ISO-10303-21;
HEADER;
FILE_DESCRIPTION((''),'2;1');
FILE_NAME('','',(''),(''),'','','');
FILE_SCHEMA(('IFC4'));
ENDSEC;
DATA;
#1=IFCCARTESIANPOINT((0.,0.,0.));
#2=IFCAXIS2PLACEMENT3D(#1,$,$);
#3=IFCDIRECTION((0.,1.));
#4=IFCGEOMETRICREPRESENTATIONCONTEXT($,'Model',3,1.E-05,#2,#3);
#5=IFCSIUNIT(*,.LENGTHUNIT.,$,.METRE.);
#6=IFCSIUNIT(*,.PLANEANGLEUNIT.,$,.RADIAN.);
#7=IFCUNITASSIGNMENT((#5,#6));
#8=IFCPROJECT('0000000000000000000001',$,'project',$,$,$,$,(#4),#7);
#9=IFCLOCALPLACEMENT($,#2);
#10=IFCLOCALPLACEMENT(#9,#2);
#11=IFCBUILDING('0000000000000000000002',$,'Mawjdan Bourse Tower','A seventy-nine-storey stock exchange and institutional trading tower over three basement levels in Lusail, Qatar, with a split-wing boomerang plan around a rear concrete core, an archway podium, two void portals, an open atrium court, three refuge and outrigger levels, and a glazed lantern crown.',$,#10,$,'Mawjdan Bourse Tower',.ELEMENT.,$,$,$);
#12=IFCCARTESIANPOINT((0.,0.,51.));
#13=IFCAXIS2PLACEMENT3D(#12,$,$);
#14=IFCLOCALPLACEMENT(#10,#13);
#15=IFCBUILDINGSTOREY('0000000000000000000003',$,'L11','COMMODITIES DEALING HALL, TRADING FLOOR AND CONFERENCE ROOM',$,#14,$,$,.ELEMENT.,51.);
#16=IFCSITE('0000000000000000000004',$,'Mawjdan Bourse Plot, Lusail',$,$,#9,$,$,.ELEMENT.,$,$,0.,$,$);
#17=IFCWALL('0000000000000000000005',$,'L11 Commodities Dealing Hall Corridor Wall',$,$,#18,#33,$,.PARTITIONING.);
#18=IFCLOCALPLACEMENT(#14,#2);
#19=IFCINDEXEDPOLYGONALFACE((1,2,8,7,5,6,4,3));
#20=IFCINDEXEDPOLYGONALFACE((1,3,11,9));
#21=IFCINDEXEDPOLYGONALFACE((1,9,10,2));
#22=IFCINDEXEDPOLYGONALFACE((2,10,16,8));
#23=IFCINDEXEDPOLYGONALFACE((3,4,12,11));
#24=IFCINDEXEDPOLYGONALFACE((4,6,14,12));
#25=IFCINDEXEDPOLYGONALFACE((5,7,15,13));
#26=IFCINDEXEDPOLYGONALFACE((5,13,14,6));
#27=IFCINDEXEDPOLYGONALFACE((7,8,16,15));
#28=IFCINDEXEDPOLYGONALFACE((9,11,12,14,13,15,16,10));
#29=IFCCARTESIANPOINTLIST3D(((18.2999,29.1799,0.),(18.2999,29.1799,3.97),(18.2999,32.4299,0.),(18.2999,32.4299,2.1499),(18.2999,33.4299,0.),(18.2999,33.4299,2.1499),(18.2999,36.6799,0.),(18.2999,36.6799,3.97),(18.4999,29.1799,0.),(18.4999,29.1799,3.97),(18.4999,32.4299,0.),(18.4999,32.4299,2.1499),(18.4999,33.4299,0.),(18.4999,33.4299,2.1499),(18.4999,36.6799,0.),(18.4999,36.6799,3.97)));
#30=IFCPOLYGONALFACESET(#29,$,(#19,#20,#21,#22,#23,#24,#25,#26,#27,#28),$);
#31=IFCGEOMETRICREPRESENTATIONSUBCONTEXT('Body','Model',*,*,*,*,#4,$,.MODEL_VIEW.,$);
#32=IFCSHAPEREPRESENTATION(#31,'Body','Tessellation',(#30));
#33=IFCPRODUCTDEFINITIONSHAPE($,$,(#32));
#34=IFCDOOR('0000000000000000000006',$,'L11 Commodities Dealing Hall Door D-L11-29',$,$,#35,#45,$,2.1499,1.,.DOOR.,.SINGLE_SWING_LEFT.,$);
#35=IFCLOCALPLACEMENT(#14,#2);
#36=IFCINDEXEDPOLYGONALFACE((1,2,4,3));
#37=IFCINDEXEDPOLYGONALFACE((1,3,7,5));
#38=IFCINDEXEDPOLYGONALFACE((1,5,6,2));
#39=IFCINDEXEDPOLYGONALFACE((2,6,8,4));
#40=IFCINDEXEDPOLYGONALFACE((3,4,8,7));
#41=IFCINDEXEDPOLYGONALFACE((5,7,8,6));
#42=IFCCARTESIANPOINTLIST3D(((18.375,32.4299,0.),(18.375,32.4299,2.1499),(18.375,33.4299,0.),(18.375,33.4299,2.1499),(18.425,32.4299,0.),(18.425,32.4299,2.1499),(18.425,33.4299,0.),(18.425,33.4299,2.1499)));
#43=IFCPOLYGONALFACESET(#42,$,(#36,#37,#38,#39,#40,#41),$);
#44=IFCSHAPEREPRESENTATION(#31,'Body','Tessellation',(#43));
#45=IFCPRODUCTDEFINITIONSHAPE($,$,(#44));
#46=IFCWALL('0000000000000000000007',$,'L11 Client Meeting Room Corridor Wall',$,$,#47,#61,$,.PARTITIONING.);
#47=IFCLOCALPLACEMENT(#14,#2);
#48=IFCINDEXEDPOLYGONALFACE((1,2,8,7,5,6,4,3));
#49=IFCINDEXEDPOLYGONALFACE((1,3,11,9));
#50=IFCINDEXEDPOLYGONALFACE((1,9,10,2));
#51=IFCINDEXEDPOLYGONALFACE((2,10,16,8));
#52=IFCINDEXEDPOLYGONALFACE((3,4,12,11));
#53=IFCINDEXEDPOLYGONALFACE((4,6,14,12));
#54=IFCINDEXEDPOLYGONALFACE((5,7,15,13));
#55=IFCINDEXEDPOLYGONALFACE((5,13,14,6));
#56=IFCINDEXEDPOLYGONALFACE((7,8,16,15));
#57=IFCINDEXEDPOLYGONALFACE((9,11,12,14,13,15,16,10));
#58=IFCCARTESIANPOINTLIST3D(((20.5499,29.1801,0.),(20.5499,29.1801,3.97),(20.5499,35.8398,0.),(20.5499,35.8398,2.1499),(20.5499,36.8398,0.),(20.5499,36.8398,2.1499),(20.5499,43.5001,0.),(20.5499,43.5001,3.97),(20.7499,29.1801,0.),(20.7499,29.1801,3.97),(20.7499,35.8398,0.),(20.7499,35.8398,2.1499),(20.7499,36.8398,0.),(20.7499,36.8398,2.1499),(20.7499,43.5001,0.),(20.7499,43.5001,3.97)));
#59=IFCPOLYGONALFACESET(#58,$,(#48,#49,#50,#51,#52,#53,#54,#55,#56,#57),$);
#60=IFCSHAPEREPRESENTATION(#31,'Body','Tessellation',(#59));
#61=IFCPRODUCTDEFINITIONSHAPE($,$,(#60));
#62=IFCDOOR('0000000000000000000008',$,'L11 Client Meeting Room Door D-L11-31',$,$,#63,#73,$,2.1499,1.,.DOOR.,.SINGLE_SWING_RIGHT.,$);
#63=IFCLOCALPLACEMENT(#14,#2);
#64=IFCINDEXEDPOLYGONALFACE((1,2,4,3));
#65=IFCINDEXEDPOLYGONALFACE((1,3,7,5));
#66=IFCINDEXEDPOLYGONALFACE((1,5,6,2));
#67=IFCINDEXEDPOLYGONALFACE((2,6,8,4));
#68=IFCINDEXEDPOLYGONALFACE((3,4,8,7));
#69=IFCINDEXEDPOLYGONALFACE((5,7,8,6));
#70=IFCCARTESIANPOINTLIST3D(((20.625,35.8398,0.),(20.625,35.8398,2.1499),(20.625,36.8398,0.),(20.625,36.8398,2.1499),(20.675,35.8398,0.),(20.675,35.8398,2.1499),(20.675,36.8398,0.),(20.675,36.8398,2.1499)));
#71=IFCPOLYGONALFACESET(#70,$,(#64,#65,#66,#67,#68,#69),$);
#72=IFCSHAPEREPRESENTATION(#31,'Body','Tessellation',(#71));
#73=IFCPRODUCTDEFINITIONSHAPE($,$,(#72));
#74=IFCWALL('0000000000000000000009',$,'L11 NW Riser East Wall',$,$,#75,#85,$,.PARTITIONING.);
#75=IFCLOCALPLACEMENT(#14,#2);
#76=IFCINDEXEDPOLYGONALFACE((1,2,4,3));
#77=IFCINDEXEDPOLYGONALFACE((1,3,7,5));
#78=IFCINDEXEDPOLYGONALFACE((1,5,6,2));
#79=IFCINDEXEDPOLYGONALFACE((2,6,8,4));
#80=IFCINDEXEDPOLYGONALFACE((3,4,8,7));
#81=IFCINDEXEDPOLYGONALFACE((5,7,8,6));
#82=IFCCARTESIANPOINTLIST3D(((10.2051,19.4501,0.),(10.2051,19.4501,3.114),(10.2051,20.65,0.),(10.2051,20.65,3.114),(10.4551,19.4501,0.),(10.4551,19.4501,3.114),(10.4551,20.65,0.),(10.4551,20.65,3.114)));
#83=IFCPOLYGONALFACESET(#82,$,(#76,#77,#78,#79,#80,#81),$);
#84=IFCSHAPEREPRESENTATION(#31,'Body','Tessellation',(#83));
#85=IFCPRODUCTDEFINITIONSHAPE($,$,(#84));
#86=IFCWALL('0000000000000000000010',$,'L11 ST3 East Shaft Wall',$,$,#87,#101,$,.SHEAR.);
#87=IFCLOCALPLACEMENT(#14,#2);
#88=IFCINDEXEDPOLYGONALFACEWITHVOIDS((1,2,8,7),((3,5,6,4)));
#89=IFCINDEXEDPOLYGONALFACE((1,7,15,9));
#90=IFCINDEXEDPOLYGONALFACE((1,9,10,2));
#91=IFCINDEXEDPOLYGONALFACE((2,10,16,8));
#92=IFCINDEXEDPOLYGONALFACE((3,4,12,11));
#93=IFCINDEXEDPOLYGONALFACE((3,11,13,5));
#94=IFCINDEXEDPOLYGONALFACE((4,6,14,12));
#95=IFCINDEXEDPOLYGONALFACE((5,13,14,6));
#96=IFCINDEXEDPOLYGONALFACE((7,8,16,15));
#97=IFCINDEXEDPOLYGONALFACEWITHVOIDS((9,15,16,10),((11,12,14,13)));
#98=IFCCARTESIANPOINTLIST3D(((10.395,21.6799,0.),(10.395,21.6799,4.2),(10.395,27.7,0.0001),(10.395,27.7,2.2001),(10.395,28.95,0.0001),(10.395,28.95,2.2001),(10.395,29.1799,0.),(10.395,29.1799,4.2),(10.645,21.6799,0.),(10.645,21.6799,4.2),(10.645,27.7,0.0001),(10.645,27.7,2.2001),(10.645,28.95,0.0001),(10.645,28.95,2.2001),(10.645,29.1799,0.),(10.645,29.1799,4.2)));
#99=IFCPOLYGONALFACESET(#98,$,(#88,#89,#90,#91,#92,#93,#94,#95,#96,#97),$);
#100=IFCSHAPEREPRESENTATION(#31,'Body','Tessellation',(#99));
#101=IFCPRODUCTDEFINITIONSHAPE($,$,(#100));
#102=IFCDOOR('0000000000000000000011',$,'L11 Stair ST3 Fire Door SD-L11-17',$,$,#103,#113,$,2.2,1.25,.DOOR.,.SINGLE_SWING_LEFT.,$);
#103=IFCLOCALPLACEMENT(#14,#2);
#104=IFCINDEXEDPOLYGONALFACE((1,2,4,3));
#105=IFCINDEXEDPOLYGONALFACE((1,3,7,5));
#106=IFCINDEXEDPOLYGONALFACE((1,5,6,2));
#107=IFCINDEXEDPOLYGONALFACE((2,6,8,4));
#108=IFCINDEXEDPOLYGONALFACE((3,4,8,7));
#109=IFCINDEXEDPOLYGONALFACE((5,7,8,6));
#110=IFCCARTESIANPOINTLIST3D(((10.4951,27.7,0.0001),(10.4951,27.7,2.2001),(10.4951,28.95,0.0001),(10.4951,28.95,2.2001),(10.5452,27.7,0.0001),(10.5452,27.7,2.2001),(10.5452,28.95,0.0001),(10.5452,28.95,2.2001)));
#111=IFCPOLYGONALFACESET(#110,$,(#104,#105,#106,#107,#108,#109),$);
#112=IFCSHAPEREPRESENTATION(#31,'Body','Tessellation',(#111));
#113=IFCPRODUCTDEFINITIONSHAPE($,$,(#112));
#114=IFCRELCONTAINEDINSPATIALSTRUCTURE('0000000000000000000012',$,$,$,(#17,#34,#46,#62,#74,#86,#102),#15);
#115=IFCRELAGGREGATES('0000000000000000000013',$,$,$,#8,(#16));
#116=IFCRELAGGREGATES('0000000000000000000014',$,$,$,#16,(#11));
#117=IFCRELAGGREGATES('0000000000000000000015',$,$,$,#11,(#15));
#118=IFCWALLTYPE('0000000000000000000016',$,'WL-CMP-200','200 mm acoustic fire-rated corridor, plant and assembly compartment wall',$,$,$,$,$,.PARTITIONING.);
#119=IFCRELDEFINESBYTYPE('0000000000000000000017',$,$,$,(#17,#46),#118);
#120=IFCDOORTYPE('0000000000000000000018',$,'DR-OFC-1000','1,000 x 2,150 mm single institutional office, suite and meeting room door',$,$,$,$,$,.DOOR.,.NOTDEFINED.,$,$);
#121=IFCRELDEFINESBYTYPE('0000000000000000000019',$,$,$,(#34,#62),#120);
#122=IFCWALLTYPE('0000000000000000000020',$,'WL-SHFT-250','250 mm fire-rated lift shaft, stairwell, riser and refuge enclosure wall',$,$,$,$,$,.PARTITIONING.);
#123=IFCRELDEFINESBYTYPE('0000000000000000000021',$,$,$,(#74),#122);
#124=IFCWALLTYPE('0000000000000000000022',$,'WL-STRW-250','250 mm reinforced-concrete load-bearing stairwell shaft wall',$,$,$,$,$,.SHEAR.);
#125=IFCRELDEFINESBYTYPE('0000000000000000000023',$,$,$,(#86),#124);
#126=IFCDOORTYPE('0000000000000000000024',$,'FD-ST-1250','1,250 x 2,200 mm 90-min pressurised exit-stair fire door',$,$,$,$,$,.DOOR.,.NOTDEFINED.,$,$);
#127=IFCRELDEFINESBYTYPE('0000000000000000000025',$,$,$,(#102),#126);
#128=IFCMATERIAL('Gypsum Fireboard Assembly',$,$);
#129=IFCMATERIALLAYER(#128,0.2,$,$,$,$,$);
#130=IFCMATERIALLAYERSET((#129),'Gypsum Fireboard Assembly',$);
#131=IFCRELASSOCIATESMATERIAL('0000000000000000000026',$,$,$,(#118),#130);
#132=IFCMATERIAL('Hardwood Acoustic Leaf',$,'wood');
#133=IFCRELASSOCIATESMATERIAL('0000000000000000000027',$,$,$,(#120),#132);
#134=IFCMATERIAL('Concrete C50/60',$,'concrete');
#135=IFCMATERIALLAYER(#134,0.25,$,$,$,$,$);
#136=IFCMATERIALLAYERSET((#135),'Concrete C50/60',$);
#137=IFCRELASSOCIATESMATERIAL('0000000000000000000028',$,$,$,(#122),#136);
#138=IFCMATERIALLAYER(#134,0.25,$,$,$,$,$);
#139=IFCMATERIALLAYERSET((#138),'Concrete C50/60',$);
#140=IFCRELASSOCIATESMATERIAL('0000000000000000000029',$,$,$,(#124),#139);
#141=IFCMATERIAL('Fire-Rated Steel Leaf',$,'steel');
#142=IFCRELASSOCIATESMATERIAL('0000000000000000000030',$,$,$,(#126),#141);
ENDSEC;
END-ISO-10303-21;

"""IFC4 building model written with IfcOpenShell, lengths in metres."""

from ifc_helpers import new_model, si_unit, direction, frame, frame_2d, origin, place, context, subcontext, project, spatial, rectangle, extrude, material, layer, layer_set, type_object, element, fill, save


model = new_model("IFC4")

# Units and contexts
model_context = context("Model", 3, precision=1e-05, world=origin(), true_north=direction((0.0, 1.0)))
body_context = subcontext(model_context, "Body", "Model", "MODEL_VIEW")
ifc_project = project(units=[si_unit("LENGTHUNIT", "METRE"), si_unit("PLANEANGLEUNIT", "RADIAN")], contexts=[model_context])

# Site, building, storey
site_placement = place(None, origin())
site = spatial("IfcSite", under=ifc_project, at=site_placement, Name="Mawjdan Bourse Plot, Lusail", CompositionType="ELEMENT", RefElevation=0.0)
building_placement = place(site_placement, origin())
building = spatial("IfcBuilding", under=site, at=building_placement, Name="Mawjdan Bourse Tower", Description="A seventy-nine-storey stock exchange and institutional trading tower over three basement levels in Lusail, Qatar, with a split-wing boomerang plan around a rear concrete core, an archway podium, two void portals, an open atrium court, three refuge and outrigger levels, and a glazed lantern crown.", LongName="Mawjdan Bourse Tower", CompositionType="ELEMENT")
storey_placement = place(building_placement, frame((0.0, 0.0, 51.0)))
storey = spatial("IfcBuildingStorey", under=building, at=storey_placement, Name="L11", Description="COMMODITIES DEALING HALL, TRADING FLOOR AND CONFERENCE ROOM", CompositionType="ELEMENT", Elevation=51.0)

# Shared definitions
ifc_material_1 = material(Name="Gypsum Fireboard Assembly")
ifc_layer_1 = layer(ifc_material_1, 0.2)
ifc_layer_set_1 = layer_set([ifc_layer_1], Name="Gypsum Fireboard Assembly")
wall_type_1 = type_object("IfcWallType", Name="WL-CMP-200", Description="200 mm acoustic fire-rated corridor, plant and assembly compartment wall", PredefinedType="PARTITIONING", material=ifc_layer_set_1)
ifc_material_2 = material(Name="Hardwood Acoustic Leaf", Category="wood")
door_type_1 = type_object("IfcDoorType", Name="DR-OFC-1000", Description="1,000 x 2,150 mm single institutional office, suite and meeting room door", OperationType="NOTDEFINED", PredefinedType="DOOR", material=ifc_material_2)

# Walls, openings, doors
wall_1_placement = place(storey_placement, frame((18.3999, 29.1799, 0.0), z_axis=(0.0, 0.0, 1.0), x_axis=(0.0, 1.0, 0.0)))
wall_1 = element("IfcWall", 1, at=wall_1_placement, inside=storey, type_object=wall_type_1, Name="L11 Commodities Dealing Hall Corridor Wall", PredefinedType="PARTITIONING", context=body_context, shape_type="SweptSolid", body=[
    extrude(rectangle(XDim=7.5, YDim=0.2, at=frame_2d((3.75, 0.0))), origin(), (0.0, 0.0, 1.0), 3.97),
])
opening_1_placement = place(wall_1_placement, frame((3.25, 0.0, 0.0)))
opening_1 = element("IfcOpeningElement", 2, at=opening_1_placement, cuts=wall_1, PredefinedType="OPENING", context=body_context, shape_type="SweptSolid", body=[
    extrude(rectangle(XDim=1.0, YDim=2.1499, at=frame_2d((0.5, 1.075))), frame((0.0, 0.1099, 0.0), z_axis=(0.0, -1.0, 0.0), x_axis=(1.0, 0.0, 0.0)), (0.0, 0.0, 1.0), 0.22),
])
door_1_placement = place(opening_1_placement, origin())
door_1 = element("IfcDoor", 3, at=door_1_placement, inside=storey, type_object=door_type_1, Name="L11 Commodities Dealing Hall Door D-L11-29", OperationType="SINGLE_SWING_LEFT", OverallHeight=2.1499, OverallWidth=1.0, PredefinedType="DOOR", context=body_context, shape_type="SweptSolid", body=[
    extrude(rectangle(XDim=1.0, YDim=2.1499, at=frame_2d((0.5, 1.075))), frame((0.0, 0.0249, 0.0), z_axis=(0.0, -1.0, 0.0), x_axis=(1.0, 0.0, 0.0)), (0.0, 0.0, 1.0), 0.05),
])
fill(opening_1, door_1)
wall_2_placement = place(storey_placement, frame((20.6499, 29.1799, 0.0), z_axis=(0.0, 0.0, 1.0), x_axis=(0.0, 1.0, 0.0)))
wall_2 = element("IfcWall", 4, at=wall_2_placement, inside=storey, type_object=wall_type_1, Name="L11 Client Meeting Room Corridor Wall", PredefinedType="PARTITIONING", context=body_context, shape_type="SweptSolid", body=[
    extrude(rectangle(XDim=14.3201, YDim=0.2, at=frame_2d((7.1602, 0.0))), origin(), (0.0, 0.0, 1.0), 3.97),
])
opening_2_placement = place(wall_2_placement, frame((6.6599, 0.0, 0.0)))
opening_2 = element("IfcOpeningElement", 5, at=opening_2_placement, cuts=wall_2, PredefinedType="OPENING", context=body_context, shape_type="SweptSolid", body=[
    extrude(rectangle(XDim=1.0, YDim=2.1499, at=frame_2d((0.5, 1.075))), frame((0.0, 0.1099, 0.0), z_axis=(0.0, -1.0, 0.0), x_axis=(1.0, 0.0, 0.0)), (0.0, 0.0, 1.0), 0.22),
])
door_2_placement = place(opening_2_placement, origin())
door_2 = element("IfcDoor", 6, at=door_2_placement, inside=storey, type_object=door_type_1, Name="L11 Client Meeting Room Door D-L11-31", OperationType="SINGLE_SWING_RIGHT", OverallHeight=2.1499, OverallWidth=1.0, PredefinedType="DOOR", context=body_context, shape_type="SweptSolid", body=[
    extrude(rectangle(XDim=1.0, YDim=2.1499, at=frame_2d((0.5, 1.075))), frame((0.0, 0.0249, 0.0), z_axis=(0.0, -1.0, 0.0), x_axis=(1.0, 0.0, 0.0)), (0.0, 0.0, 1.0), 0.05),
])
fill(opening_2, door_2)

# Wall
ifc_material_3 = material(Name="Concrete C50/60", Category="concrete")
ifc_layer_2 = layer(ifc_material_3, 0.25)
ifc_layer_set_2 = layer_set([ifc_layer_2], Name="Concrete C50/60")
wall_type_2 = type_object("IfcWallType", Name="WL-SHFT-250", Description="250 mm fire-rated lift shaft, stairwell, riser and refuge enclosure wall", PredefinedType="PARTITIONING", material=ifc_layer_set_2)
wall_3_placement = place(storey_placement, frame((10.3301, 19.45, 0.0), z_axis=(0.0, 0.0, 1.0), x_axis=(0.0, 1.0, 0.0)))
element("IfcWall", 7, at=wall_3_placement, inside=storey, type_object=wall_type_2, Name="L11 NW Riser East Wall", PredefinedType="PARTITIONING", context=body_context, shape_type="SweptSolid", body=[
    extrude(rectangle(XDim=1.2, YDim=0.25, at=frame_2d((0.6001, 0.0))), origin(), (0.0, 0.0, 1.0), 3.114),
])

# Wall, opening, door
ifc_layer_3 = layer(ifc_material_3, 0.25)
ifc_layer_set_3 = layer_set([ifc_layer_3], Name="Concrete C50/60")
wall_type_3 = type_object("IfcWallType", Name="WL-STRW-250", Description="250 mm reinforced-concrete load-bearing stairwell shaft wall", PredefinedType="SHEAR", material=ifc_layer_set_3)
wall_4_placement = place(storey_placement, frame((10.52, 21.6799, 0.0), z_axis=(0.0, 0.0, 1.0), x_axis=(0.0, 1.0, 0.0)))
wall_4 = element("IfcWall", 8, at=wall_4_placement, inside=storey, type_object=wall_type_3, Name="L11 ST3 East Shaft Wall", PredefinedType="SHEAR", context=body_context, shape_type="SweptSolid", body=[
    extrude(rectangle(XDim=7.5, YDim=0.25, at=frame_2d((3.75, 0.0))), origin(), (0.0, 0.0, 1.0), 4.2),
])
opening_3_placement = place(wall_4_placement, frame((6.02, 0.0, 0.0)))
opening_3 = element("IfcOpeningElement", 9, at=opening_3_placement, cuts=wall_4, PredefinedType="OPENING", context=body_context, shape_type="SweptSolid", body=[
    extrude(rectangle(XDim=1.25, YDim=2.2, at=frame_2d((0.625, 1.1001))), frame((0.0, 0.135, 0.0), z_axis=(0.0, -1.0, 0.0), x_axis=(1.0, 0.0, 0.0)), (0.0, 0.0, 1.0), 0.27),
])
ifc_material_4 = material(Name="Fire-Rated Steel Leaf", Category="steel")
door_type_2 = type_object("IfcDoorType", Name="FD-ST-1250", Description="1,250 x 2,200 mm 90-min pressurised exit-stair fire door", OperationType="NOTDEFINED", PredefinedType="DOOR", material=ifc_material_4)
door_3_placement = place(opening_3_placement, origin())
door_3 = element("IfcDoor", 10, at=door_3_placement, inside=storey, type_object=door_type_2, Name="L11 Stair ST3 Fire Door SD-L11-17", OperationType="SINGLE_SWING_LEFT", OverallHeight=2.2, OverallWidth=1.25, PredefinedType="DOOR", context=body_context, shape_type="SweptSolid", body=[
    extrude(rectangle(XDim=1.25, YDim=2.2, at=frame_2d((0.625, 1.1001))), frame((0.0, 0.0249, 0.0), z_axis=(0.0, -1.0, 0.0), x_axis=(1.0, 0.0, 0.0)), (0.0, 0.0, 1.0), 0.05),
])
fill(opening_3, door_3)

save(model, "model.ifc")
